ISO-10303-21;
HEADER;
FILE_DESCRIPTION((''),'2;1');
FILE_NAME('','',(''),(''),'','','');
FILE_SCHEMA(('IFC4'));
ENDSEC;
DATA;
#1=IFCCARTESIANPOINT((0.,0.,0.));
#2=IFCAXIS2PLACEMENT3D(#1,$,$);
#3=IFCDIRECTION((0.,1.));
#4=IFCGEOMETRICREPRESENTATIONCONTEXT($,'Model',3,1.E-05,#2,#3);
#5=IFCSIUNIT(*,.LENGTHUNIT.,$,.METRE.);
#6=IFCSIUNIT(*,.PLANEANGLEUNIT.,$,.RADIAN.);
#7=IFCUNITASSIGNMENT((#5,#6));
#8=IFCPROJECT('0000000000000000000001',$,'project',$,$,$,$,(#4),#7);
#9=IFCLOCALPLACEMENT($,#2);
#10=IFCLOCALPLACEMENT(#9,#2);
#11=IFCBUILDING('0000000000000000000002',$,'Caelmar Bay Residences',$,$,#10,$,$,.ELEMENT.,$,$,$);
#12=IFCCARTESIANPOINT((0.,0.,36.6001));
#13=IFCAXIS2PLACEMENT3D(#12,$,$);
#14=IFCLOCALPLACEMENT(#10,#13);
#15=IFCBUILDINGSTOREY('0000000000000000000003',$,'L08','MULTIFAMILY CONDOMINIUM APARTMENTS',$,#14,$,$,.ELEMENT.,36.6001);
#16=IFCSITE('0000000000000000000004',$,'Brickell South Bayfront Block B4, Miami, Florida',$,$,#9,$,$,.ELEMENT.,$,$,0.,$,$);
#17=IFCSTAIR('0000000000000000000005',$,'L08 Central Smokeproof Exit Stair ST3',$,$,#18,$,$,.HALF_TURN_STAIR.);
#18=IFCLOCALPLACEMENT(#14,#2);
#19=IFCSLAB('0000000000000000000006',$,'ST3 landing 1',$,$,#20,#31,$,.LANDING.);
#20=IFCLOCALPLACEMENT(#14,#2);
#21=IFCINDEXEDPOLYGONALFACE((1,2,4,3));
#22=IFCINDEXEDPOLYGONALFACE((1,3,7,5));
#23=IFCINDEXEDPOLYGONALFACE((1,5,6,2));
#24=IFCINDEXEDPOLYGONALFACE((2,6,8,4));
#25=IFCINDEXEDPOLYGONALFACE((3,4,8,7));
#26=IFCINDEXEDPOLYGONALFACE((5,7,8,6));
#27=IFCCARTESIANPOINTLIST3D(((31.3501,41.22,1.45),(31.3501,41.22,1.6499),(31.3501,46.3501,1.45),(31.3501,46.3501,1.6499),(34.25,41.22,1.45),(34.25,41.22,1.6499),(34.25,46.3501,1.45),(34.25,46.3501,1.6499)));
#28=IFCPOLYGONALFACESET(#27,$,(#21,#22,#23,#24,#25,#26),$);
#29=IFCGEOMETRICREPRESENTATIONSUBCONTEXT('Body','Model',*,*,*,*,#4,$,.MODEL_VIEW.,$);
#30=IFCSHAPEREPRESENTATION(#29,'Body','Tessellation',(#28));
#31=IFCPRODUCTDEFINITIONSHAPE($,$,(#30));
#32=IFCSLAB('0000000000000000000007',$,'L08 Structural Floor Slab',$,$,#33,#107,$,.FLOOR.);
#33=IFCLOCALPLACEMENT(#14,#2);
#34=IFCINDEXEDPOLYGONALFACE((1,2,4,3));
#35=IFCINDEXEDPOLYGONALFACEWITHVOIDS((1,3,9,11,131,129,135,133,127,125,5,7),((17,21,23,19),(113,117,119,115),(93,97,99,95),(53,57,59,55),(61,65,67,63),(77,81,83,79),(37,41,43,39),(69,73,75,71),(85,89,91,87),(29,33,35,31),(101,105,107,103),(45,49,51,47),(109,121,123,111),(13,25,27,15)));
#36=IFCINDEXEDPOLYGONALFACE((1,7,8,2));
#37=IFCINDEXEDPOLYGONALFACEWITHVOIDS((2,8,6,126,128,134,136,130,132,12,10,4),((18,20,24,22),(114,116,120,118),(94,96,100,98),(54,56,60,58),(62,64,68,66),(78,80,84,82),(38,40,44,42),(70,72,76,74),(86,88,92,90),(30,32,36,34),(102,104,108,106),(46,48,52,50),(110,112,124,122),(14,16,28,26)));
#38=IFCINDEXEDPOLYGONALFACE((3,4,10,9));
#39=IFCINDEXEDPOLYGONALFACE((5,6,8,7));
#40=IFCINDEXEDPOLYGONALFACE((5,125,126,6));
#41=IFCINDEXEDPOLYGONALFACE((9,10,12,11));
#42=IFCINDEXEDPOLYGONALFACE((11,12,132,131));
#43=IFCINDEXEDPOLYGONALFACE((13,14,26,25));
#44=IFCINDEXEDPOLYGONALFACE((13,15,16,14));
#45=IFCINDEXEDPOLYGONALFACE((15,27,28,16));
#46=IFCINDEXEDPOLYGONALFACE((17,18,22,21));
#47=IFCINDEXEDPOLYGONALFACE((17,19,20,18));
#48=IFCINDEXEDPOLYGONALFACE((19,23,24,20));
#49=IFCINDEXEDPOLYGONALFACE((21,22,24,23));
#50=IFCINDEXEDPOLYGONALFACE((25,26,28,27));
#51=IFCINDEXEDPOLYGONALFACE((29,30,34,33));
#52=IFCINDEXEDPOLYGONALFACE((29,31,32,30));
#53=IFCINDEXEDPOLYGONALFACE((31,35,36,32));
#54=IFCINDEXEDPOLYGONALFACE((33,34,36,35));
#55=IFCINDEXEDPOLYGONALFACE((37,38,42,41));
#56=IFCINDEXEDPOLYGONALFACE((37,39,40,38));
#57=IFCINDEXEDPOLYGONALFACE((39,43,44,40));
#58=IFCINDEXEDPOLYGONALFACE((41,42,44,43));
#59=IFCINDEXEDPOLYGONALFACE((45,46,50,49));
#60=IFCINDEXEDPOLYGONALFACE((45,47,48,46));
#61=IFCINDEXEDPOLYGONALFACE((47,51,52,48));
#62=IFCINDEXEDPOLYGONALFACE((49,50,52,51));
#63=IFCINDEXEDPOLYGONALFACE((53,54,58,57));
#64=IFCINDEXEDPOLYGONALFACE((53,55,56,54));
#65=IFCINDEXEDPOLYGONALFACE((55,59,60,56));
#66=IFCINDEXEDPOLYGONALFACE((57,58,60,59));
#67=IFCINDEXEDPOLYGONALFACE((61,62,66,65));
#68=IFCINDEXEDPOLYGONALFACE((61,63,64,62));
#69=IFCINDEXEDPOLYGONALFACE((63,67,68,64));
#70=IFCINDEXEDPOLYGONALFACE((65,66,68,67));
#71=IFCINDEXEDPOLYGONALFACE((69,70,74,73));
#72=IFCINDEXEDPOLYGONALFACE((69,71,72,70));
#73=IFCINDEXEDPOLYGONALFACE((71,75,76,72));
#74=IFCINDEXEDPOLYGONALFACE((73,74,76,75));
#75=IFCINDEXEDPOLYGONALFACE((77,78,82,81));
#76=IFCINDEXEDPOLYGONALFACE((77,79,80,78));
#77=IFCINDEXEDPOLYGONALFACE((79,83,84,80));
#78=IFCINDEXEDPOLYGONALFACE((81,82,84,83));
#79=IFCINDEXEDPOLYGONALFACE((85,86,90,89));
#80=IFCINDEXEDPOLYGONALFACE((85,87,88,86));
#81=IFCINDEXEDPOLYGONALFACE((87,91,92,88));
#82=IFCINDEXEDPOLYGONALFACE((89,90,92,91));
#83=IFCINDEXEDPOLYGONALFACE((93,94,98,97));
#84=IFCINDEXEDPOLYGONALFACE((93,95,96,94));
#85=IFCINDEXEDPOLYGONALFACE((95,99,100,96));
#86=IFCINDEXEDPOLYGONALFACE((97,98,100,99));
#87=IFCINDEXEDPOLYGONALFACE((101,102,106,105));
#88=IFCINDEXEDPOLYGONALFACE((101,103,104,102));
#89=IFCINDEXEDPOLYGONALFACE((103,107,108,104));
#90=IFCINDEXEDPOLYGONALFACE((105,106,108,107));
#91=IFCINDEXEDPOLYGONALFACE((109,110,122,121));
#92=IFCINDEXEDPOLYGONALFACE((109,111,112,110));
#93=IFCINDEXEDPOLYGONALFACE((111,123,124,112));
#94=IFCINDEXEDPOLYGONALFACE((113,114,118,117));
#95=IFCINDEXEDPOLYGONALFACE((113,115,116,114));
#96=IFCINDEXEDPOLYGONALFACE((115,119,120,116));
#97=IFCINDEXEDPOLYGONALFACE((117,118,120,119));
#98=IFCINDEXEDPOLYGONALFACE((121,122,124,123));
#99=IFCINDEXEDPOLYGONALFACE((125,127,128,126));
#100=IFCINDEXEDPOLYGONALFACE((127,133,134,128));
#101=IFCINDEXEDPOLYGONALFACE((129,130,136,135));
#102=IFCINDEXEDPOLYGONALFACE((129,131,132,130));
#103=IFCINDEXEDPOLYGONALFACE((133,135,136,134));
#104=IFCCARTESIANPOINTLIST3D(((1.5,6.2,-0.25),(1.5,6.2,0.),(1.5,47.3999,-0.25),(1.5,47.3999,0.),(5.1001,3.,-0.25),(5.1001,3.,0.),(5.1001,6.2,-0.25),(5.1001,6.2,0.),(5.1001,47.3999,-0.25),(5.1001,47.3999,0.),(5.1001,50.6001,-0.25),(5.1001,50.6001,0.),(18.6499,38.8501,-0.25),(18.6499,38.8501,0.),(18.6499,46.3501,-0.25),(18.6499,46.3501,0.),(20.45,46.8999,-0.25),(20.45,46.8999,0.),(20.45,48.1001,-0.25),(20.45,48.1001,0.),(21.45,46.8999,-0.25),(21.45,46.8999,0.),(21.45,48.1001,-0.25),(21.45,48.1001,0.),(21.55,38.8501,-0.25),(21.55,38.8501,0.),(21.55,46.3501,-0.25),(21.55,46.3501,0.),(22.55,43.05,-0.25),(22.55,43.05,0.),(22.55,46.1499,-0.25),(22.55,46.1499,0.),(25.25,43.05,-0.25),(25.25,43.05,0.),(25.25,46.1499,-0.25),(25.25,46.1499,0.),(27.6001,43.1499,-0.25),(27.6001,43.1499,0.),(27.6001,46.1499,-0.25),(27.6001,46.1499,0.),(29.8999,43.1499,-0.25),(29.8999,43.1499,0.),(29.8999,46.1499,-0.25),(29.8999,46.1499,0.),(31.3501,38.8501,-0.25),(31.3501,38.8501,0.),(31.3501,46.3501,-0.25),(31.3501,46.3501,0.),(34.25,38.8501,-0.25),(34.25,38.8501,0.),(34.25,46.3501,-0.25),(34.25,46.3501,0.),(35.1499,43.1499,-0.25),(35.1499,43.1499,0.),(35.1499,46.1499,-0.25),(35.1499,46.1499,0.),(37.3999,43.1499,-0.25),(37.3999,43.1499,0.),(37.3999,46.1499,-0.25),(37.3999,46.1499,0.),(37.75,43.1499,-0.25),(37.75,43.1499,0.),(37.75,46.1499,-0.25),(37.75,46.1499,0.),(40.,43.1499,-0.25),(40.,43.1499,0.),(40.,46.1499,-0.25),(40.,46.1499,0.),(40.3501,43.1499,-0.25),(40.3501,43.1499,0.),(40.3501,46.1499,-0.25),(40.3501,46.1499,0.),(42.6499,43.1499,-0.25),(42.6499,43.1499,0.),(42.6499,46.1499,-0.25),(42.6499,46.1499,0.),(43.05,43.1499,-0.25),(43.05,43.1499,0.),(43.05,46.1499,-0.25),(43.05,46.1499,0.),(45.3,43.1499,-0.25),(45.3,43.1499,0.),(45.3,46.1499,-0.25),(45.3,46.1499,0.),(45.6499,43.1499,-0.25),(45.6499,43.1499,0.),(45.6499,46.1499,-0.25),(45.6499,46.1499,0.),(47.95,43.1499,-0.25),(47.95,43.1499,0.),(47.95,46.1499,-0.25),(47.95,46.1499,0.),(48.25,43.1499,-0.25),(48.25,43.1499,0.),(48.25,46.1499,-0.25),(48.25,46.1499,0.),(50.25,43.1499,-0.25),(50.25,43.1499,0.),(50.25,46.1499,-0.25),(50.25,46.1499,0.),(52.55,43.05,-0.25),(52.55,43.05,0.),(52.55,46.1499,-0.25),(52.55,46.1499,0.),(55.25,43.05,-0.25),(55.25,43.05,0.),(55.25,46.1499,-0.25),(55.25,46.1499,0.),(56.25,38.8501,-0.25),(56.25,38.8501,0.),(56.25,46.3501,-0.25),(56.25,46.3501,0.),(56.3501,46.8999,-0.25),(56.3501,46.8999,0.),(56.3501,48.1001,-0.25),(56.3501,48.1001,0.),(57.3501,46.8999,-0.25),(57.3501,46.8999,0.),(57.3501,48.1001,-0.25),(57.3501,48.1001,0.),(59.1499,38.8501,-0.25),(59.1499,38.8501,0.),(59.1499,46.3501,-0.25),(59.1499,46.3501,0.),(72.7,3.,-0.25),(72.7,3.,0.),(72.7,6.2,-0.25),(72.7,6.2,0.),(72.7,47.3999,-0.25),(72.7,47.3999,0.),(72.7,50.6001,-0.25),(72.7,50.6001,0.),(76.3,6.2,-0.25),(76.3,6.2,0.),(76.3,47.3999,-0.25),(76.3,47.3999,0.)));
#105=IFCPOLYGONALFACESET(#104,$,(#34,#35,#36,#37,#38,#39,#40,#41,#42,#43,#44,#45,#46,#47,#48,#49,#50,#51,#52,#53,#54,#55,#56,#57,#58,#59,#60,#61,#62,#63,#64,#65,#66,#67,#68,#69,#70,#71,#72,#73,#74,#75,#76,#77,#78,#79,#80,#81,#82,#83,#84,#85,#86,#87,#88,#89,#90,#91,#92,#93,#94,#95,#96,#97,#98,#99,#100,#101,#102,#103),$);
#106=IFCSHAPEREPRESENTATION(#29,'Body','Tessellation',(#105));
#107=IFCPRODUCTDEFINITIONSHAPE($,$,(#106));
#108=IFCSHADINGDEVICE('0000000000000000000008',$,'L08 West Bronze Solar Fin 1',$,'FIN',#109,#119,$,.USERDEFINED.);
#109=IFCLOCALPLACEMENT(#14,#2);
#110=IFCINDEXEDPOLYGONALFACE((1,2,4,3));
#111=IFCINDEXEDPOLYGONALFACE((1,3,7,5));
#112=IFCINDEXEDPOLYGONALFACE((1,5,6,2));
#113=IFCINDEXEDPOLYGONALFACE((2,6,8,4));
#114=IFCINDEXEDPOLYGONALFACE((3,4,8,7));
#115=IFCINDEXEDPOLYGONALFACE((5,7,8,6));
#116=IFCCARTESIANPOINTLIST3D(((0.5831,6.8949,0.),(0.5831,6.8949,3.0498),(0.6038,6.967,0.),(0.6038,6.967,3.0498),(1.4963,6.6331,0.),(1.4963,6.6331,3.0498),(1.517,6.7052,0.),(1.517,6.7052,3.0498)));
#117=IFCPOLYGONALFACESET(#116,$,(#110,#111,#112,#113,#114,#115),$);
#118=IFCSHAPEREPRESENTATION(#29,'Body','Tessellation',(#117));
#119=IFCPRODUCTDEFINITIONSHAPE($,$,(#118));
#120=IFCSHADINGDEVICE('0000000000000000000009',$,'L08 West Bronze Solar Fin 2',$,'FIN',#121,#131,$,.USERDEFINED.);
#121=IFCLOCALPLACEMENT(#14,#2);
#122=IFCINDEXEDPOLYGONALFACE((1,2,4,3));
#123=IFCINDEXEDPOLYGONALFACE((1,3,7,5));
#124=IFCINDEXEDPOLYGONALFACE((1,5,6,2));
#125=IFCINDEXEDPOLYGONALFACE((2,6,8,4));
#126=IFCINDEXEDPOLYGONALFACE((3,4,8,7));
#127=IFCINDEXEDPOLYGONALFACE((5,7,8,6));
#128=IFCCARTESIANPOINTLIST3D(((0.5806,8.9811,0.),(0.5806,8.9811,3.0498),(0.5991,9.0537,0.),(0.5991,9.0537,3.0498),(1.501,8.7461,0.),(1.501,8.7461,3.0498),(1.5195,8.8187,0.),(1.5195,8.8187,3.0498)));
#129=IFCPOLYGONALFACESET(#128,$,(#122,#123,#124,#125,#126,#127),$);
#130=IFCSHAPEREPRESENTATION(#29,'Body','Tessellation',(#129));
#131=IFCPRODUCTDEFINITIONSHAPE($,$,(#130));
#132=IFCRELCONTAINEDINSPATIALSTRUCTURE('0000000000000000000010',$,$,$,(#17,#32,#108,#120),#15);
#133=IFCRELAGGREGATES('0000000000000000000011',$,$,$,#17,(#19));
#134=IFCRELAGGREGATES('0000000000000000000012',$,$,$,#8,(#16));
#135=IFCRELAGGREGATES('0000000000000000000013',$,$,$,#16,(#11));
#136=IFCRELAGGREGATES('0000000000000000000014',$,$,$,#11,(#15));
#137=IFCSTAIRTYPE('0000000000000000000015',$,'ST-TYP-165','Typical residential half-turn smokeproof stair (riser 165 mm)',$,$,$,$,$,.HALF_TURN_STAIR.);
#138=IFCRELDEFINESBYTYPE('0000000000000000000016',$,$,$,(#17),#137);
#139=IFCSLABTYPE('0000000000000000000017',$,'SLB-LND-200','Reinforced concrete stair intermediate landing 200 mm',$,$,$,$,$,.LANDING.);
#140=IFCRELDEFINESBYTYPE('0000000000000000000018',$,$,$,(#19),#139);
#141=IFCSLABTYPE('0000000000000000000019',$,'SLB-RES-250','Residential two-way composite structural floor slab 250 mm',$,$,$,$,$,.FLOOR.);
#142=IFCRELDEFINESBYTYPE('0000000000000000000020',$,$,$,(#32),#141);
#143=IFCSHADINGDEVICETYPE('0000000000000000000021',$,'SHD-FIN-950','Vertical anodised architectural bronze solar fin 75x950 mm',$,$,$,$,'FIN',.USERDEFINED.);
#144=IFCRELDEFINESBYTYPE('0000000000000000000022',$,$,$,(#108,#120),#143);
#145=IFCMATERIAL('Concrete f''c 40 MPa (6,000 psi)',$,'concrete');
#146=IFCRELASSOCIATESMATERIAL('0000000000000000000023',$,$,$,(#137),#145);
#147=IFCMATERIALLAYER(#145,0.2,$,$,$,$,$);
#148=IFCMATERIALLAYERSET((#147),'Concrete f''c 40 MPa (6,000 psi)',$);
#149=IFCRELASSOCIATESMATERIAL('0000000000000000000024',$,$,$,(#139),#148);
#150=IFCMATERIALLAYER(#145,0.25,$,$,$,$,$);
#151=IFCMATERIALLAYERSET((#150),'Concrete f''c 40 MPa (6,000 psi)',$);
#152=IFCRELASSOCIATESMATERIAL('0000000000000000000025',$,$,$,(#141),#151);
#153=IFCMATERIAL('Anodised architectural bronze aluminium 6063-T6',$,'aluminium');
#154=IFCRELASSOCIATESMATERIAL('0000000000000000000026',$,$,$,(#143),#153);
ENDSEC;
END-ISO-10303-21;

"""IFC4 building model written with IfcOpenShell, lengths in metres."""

from ifc_helpers import new_model, si_unit, direction, frame, origin, origin_2d, place, context, subcontext, project, spatial, polyline, rectangle, outline, extrude, material, layer, layer_set, material_profile, profile_set, type_object, element, aggregate, save


model = new_model("IFC4")

# Units and contexts
model_context = context("Model", 3, precision=1e-05, world=origin(), true_north=direction((0.0, 1.0)))
body_context = subcontext(model_context, "Body", "Model", "MODEL_VIEW")
ifc_project = project(units=[si_unit("LENGTHUNIT", "METRE"), si_unit("PLANEANGLEUNIT", "RADIAN")], contexts=[model_context])

# Site, building, storey
site_placement = place(None, origin())
site = spatial("IfcSite", under=ifc_project, at=site_placement, Name="Brickell South Bayfront Block B4, Miami, Florida", CompositionType="ELEMENT", RefElevation=0.0)
building_placement = place(site_placement, origin())
building = spatial("IfcBuilding", under=site, at=building_placement, Name="Caelmar Bay Residences", CompositionType="ELEMENT")
storey_placement = place(building_placement, frame((0.0, 0.0, 36.6001)))
storey = spatial("IfcBuildingStorey", under=building, at=storey_placement, Name="L08", Description="MULTIFAMILY CONDOMINIUM APARTMENTS", CompositionType="ELEMENT", Elevation=36.6001)

# Shared definitions
ifc_material_1 = material(Name="Concrete f'c 40 MPa (6,000 psi)", Category="concrete")

# Stair, slab
stair_type = type_object("IfcStairType", Name="ST-TYP-165", Description="Typical residential half-turn smokeproof stair (riser 165 mm)", PredefinedType="HALF_TURN_STAIR", material=ifc_material_1)
ifc_layer_1 = layer(ifc_material_1, 0.2)
ifc_layer_set_1 = layer_set([ifc_layer_1], Name="Concrete f'c 40 MPa (6,000 psi)")
slab_type_1 = type_object("IfcSlabType", Name="SLB-LND-200", Description="Reinforced concrete stair intermediate landing 200 mm", PredefinedType="LANDING", material=ifc_layer_set_1)
stair_1_placement = place(storey_placement, origin())
stair_1 = element("IfcStair", 1, at=stair_1_placement, inside=storey, type_object=stair_type, Name="L08 Central Smokeproof Exit Stair ST3", PredefinedType="HALF_TURN_STAIR")
slab_1_placement = place(storey_placement, frame((0.0, 0.0, 1.45)))
slab_1 = element("IfcSlab", 2, at=slab_1_placement, type_object=slab_type_1, Name="ST3 landing 1", PredefinedType="LANDING", context=body_context, shape_type="SweptSolid", body=[
    extrude(outline(polyline([(34.25, 41.22), (34.25, 46.3501), (31.3501, 46.3501), (31.3501, 41.22), (34.25, 41.22)])), origin(), (0.0, 0.0, 1.0), 0.2),
])
aggregate(stair_1, [slab_1])

# Slab
ifc_layer_2 = layer(ifc_material_1, 0.25)
ifc_layer_set_2 = layer_set([ifc_layer_2], Name="Concrete f'c 40 MPa (6,000 psi)")
slab_type_2 = type_object("IfcSlabType", Name="SLB-RES-250", Description="Residential two-way composite structural floor slab 250 mm", PredefinedType="FLOOR", material=ifc_layer_set_2)
slab_2_placement = place(storey_placement, frame((0.0, 0.0, -0.25)))
element("IfcSlab", 3, at=slab_2_placement, inside=storey, type_object=slab_type_2, Name="L08 Structural Floor Slab", PredefinedType="FLOOR", context=body_context, shape_type="SweptSolid", body=[
    extrude(outline(polyline([(5.1001, 3.0), (72.7, 3.0), (72.7, 6.2), (76.3, 6.2), (76.3, 47.3999), (72.7, 47.3999), (72.7, 50.6001), (5.1001, 50.6001), (5.1001, 47.3999), (1.5, 47.3999), (1.5, 6.2), (5.1001, 6.2), (5.1001, 3.0)]), holes=[polyline([(18.6499, 38.8501), (21.55, 38.8501), (21.55, 46.3501), (18.6499, 46.3501), (18.6499, 38.8501)]), polyline([(56.25, 38.8501), (59.1499, 38.8501), (59.1499, 46.3501), (56.25, 46.3501), (56.25, 38.8501)]), polyline([(31.3501, 38.8501), (34.25, 38.8501), (34.25, 46.3501), (31.3501, 46.3501), (31.3501, 38.8501)]), polyline([(22.55, 43.05), (25.25, 43.05), (25.25, 46.1499), (22.55, 46.1499), (22.55, 43.05)]), polyline([(52.55, 43.05), (55.25, 43.05), (55.25, 46.1499), (52.55, 46.1499), (52.55, 43.05)]), polyline([(35.1499, 43.1499), (37.3999, 43.1499), (37.3999, 46.1499), (35.1499, 46.1499), (35.1499, 43.1499)]), polyline([(37.75, 43.1499), (40.0, 43.1499), (40.0, 46.1499), (37.75, 46.1499), (37.75, 43.1499)]), polyline([(40.3501, 43.1499), (42.6499, 43.1499), (42.6499, 46.1499), (40.3501, 46.1499), (40.3501, 43.1499)]), polyline([(43.05, 43.1499), (45.3, 43.1499), (45.3, 46.1499), (43.05, 46.1499), (43.05, 43.1499)]), polyline([(45.6499, 43.1499), (47.95, 43.1499), (47.95, 46.1499), (45.6499, 46.1499), (45.6499, 43.1499)]), polyline([(48.25, 43.1499), (50.25, 43.1499), (50.25, 46.1499), (48.25, 46.1499), (48.25, 43.1499)]), polyline([(27.6001, 43.1499), (29.8999, 43.1499), (29.8999, 46.1499), (27.6001, 46.1499), (27.6001, 43.1499)]), polyline([(20.45, 46.8999), (21.45, 46.8999), (21.45, 48.1001), (20.45, 48.1001), (20.45, 46.8999)]), polyline([(56.3501, 46.8999), (57.3501, 46.8999), (57.3501, 48.1001), (56.3501, 48.1001), (56.3501, 46.8999)])]), origin(), (0.0, 0.0, 1.0), 0.25),
])

# Shading devices
ifc_material_2 = material(Name="Anodised architectural bronze aluminium 6063-T6", Category="aluminium")
ifc_material_profile_1 = material_profile(ifc_material_2, rectangle(XDim=0.075, YDim=0.95, at=origin_2d()), Name="BRONZE-FIN-75X950")
ifc_profile_set_1 = profile_set([ifc_material_profile_1], Name="Anodised architectural bronze aluminium 6063-T6")
shading_device_type = type_object("IfcShadingDeviceType", Name="SHD-FIN-950", Description="Vertical anodised architectural bronze solar fin 75x950 mm", ElementType="FIN", PredefinedType="USERDEFINED", material=ifc_profile_set_1)
for number, where, z_axis, x_axis, name in (
    (4, (1.05, 6.8, 0.0), (0.0, 0.0, 1.0), (0.275637, 0.961262, 0.0), "L08 West Bronze Solar Fin 1"),
    (5, (1.05, 8.8999, 0.0), (0.0, 0.0, 1.0), (0.247337, 0.968929, 0.0), "L08 West Bronze Solar Fin 2"),
):
    element("IfcShadingDevice", number, at=place(storey_placement, frame(where, z_axis=z_axis, x_axis=x_axis)), inside=storey, type_object=shading_device_type, Name=name, ObjectType="FIN", PredefinedType="USERDEFINED", context=body_context, shape_type="SweptSolid", body=[
        extrude(rectangle(XDim=0.075, YDim=0.95, at=origin_2d()), origin(), (0.0, 0.0, 1.0), 3.0498),
    ])

save(model, "model.ifc")
